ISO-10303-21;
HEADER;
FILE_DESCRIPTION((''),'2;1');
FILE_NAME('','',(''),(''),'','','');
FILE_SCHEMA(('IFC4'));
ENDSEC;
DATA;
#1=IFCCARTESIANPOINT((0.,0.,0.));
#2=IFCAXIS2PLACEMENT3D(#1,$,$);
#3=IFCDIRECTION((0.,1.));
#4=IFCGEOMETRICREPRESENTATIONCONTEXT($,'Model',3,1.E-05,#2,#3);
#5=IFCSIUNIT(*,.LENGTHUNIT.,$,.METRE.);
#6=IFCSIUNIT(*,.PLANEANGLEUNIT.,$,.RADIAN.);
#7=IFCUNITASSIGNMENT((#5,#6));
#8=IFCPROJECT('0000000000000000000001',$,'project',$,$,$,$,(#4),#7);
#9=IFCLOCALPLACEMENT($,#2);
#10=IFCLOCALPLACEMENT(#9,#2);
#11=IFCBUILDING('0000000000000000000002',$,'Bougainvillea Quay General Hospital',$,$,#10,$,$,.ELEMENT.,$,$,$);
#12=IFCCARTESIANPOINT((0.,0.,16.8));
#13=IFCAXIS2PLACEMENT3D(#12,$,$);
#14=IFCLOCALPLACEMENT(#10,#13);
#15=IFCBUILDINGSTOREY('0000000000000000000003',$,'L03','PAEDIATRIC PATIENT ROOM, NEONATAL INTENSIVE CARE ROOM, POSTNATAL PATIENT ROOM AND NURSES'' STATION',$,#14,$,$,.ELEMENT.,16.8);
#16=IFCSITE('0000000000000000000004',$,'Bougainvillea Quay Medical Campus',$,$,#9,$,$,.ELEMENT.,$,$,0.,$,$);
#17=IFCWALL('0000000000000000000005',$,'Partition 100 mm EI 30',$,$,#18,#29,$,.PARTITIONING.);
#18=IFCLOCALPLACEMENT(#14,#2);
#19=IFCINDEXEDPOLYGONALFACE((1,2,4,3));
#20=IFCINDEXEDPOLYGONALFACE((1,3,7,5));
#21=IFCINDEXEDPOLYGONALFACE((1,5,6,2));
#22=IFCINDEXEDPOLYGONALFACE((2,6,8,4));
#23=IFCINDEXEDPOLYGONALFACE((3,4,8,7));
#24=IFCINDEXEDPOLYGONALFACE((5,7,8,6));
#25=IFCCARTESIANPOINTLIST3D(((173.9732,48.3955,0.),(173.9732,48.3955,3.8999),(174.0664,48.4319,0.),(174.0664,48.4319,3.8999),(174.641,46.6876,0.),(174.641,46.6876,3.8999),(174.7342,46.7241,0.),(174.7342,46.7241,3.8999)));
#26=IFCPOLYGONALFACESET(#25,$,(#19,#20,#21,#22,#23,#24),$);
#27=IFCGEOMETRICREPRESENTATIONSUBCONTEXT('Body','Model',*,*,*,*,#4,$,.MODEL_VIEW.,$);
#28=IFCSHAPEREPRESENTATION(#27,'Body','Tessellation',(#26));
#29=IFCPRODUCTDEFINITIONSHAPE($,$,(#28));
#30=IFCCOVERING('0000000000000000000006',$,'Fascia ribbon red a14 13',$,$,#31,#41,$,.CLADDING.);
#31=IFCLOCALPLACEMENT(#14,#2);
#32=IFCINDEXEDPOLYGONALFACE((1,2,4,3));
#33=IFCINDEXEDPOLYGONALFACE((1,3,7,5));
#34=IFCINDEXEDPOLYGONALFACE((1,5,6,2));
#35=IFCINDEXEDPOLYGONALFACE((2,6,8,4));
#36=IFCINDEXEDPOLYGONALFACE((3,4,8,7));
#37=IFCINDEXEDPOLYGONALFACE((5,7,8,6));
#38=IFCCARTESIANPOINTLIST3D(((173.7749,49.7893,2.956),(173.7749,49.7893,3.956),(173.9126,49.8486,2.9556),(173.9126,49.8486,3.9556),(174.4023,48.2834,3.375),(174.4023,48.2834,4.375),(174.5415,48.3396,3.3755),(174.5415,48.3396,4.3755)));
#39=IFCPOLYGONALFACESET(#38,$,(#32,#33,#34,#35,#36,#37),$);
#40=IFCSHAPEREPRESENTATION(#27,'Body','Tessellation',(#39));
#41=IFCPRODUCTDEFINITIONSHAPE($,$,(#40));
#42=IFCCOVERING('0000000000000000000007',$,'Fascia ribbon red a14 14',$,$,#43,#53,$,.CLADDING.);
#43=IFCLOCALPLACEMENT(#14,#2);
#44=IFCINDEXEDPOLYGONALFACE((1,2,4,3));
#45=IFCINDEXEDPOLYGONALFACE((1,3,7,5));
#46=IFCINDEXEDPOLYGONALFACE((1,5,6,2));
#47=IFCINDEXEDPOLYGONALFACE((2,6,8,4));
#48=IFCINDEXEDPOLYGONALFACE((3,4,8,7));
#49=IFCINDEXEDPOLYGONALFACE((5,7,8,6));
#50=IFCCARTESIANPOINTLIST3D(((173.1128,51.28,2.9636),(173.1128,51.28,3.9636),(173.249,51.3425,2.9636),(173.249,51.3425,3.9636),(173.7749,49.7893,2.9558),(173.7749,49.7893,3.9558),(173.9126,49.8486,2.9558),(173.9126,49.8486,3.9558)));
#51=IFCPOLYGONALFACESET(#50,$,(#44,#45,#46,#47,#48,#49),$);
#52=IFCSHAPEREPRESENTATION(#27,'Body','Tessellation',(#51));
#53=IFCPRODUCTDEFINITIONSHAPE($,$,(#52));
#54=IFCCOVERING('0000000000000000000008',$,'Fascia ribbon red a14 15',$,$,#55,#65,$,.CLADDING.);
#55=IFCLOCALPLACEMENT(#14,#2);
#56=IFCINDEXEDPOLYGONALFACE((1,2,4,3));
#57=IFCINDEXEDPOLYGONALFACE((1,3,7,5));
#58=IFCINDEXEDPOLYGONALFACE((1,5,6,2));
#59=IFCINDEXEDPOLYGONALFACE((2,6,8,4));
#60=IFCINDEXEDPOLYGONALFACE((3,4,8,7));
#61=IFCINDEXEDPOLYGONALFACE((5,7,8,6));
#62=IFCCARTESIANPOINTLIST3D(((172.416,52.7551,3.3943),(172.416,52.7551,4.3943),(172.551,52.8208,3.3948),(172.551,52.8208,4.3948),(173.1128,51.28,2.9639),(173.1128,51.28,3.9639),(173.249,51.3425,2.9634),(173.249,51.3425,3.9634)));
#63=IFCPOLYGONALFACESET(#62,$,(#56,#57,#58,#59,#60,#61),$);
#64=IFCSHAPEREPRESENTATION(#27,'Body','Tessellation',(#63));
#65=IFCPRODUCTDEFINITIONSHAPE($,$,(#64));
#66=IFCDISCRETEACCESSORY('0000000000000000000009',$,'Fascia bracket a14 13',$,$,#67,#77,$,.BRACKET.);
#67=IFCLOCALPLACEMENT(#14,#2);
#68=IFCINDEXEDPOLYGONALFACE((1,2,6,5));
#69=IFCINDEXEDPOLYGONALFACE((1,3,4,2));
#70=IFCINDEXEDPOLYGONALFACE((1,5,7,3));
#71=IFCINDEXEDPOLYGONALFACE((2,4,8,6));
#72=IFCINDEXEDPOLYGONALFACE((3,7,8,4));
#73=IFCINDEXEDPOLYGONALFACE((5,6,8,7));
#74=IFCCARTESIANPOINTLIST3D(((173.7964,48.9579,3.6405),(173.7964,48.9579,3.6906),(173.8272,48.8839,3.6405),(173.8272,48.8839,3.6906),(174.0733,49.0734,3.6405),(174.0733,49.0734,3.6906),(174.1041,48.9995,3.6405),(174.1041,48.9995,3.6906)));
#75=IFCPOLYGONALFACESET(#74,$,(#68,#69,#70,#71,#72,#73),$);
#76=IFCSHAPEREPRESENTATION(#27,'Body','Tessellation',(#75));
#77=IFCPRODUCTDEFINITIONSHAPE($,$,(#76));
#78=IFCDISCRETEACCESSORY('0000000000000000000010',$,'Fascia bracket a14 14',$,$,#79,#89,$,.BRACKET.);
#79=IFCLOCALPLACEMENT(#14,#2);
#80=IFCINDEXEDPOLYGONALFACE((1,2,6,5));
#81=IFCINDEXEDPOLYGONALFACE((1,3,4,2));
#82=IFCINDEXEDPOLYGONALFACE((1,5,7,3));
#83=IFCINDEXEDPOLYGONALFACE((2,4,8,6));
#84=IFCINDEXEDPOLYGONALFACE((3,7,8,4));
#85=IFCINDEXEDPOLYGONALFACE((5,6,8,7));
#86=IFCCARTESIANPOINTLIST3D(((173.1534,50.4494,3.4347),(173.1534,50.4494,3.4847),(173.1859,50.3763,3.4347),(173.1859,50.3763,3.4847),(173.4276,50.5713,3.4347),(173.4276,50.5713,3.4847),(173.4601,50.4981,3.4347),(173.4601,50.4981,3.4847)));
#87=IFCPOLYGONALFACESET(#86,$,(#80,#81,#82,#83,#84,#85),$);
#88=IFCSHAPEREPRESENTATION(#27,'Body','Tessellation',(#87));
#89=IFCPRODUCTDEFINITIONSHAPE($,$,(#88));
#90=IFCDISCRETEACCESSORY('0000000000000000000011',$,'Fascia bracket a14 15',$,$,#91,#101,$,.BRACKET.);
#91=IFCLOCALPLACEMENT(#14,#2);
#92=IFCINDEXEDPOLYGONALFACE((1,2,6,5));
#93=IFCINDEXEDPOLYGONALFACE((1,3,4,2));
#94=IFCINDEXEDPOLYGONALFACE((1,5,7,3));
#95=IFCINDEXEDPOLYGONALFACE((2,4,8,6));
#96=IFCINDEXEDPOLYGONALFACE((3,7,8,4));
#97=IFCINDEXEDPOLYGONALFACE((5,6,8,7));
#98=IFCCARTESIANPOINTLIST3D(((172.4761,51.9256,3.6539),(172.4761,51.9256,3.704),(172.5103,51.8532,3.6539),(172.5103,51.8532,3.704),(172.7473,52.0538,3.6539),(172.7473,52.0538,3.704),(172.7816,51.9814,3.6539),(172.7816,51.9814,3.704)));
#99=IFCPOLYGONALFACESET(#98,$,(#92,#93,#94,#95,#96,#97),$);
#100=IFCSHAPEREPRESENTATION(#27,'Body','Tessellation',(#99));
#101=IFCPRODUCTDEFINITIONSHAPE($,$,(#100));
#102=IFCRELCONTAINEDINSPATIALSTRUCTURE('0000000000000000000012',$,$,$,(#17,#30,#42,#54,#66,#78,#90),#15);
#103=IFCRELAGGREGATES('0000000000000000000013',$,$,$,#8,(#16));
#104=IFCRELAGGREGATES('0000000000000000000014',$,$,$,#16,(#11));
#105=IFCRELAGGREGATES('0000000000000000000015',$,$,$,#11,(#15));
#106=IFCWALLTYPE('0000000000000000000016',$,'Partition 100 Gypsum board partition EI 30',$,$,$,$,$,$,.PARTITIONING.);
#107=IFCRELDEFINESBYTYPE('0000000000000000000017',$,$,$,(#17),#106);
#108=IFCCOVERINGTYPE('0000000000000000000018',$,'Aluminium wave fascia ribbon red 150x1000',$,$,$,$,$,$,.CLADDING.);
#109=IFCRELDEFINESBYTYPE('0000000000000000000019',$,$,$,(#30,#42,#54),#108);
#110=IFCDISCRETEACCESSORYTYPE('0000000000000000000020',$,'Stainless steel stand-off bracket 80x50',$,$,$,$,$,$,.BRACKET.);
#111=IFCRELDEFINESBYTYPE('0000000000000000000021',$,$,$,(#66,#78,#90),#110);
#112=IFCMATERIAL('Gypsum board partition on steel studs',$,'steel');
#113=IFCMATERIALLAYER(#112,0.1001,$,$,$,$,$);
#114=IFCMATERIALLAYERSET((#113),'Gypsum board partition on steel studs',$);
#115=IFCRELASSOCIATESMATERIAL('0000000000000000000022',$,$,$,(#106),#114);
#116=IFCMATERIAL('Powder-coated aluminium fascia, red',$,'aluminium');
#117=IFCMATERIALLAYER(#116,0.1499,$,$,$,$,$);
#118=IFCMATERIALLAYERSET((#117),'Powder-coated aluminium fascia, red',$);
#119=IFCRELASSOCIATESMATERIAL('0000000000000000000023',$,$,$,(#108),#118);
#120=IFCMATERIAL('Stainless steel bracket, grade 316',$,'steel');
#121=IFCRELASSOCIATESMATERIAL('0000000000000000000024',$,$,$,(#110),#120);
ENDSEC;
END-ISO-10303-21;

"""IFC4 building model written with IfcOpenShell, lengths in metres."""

from ifc_helpers import new_model, si_unit, direction, frame, frame_2d, origin, origin_2d, place, context, subcontext, project, spatial, polyline, rectangle, outline, extrude, material, layer, layer_set, material_profile, profile_set, type_object, element, save


model = new_model("IFC4")

# Units and contexts
model_context = context("Model", 3, precision=1e-05, world=origin(), true_north=direction((0.0, 1.0)))
body_context = subcontext(model_context, "Body", "Model", "MODEL_VIEW")
ifc_project = project(units=[si_unit("LENGTHUNIT", "METRE"), si_unit("PLANEANGLEUNIT", "RADIAN")], contexts=[model_context])

# Site, building, storey
site_placement = place(None, origin())
site = spatial("IfcSite", under=ifc_project, at=site_placement, Name="Bougainvillea Quay Medical Campus", CompositionType="ELEMENT", RefElevation=0.0)
building_placement = place(site_placement, origin())
building = spatial("IfcBuilding", under=site, at=building_placement, Name="Bougainvillea Quay General Hospital", CompositionType="ELEMENT")
storey_placement = place(building_placement, frame((0.0, 0.0, 16.8)))
storey = spatial("IfcBuildingStorey", under=building, at=storey_placement, Name="L03", Description="PAEDIATRIC PATIENT ROOM, NEONATAL INTENSIVE CARE ROOM, POSTNATAL PATIENT ROOM AND NURSES' STATION", CompositionType="ELEMENT", Elevation=16.8)

# Wall
ifc_material_1 = material(Name="Gypsum board partition on steel studs", Category="steel")
ifc_layer_1 = layer(ifc_material_1, 0.1001)
ifc_layer_set_1 = layer_set([ifc_layer_1], Name="Gypsum board partition on steel studs")
wall_type = type_object("IfcWallType", Name="Partition 100 Gypsum board partition EI 30", PredefinedType="PARTITIONING", material=ifc_layer_set_1)
wall_1_placement = place(storey_placement, frame((174.0198, 48.4138, 0.0), z_axis=(0.0, 0.0, 1.0), x_axis=(0.364148, -0.931341, 0.0)))
element("IfcWall", 1, at=wall_1_placement, inside=storey, type_object=wall_type, Name="Partition 100 mm EI 30", PredefinedType="PARTITIONING", context=body_context, shape_type="SweptSolid", body=[
    extrude(rectangle(XDim=1.8337, YDim=0.1001, at=frame_2d((0.917, 0.0))), origin(), (0.0, 0.0, 1.0), 3.8999),
])

# Coverings
ifc_material_2 = material(Name="Powder-coated aluminium fascia, red", Category="aluminium")
ifc_layer_2 = layer(ifc_material_2, 0.1499)
ifc_layer_set_2 = layer_set([ifc_layer_2], Name="Powder-coated aluminium fascia, red")
covering_type = type_object("IfcCoveringType", Name="Aluminium wave fascia ribbon red 150x1000", PredefinedType="CLADDING", material=ifc_layer_set_2)
covering_1_placement = place(storey_placement, frame((174.4023, 48.2834, 3.375), z_axis=(-0.095763, 0.229589, 0.968565), x_axis=(-0.372525, 0.89406, -0.24876)))
element("IfcCovering", 2, at=covering_1_placement, inside=storey, type_object=covering_type, Name="Fascia ribbon red a14 13", PredefinedType="CLADDING", context=body_context, shape_type="SweptSolid", body=[
    extrude(outline(polyline([(0.0, 0.0), (1.6843, 0.0), (1.6862, -0.1499), (-0.0018, -0.1501), (0.0, 0.0)])), origin(), (-0.24876, -0.000091, 0.968565), 1.0),
])
covering_2_placement = place(storey_placement, frame((173.7749, 49.7893, 2.9558), z_axis=(0.001944, -0.004372, 0.999989), x_axis=(-0.405912, 0.9139, 0.004784)))
element("IfcCovering", 3, at=covering_2_placement, inside=storey, type_object=covering_type, Name="Fascia ribbon red a14 14", PredefinedType="CLADDING", context=body_context, shape_type="SweptSolid", body=[
    extrude(outline(polyline([(0.0, 0.0), (1.6312, 0.0), (1.633, -0.1499), (-0.0017, -0.1499), (0.0, 0.0)])), origin(), (0.004784, 0.000002, 0.999989), 1.0),
])
covering_3_placement = place(storey_placement, frame((173.1128, 51.28, 2.9639), z_axis=(0.109004, -0.230672, 0.966907), x_axis=(-0.412974, 0.874277, 0.25513)))
element("IfcCovering", 4, at=covering_3_placement, inside=storey, type_object=covering_type, Name="Fascia ribbon red a14 15", PredefinedType="CLADDING", context=body_context, shape_type="SweptSolid", body=[
    extrude(outline(polyline([(0.0, 0.0), (1.6872, 0.0), (1.689, -0.1501), (-0.0017, -0.1499), (0.0, 0.0)])), origin(), (0.25513, 0.000038, 0.966907), 1.0),
])

# Discrete accessories
ifc_material_3 = material(Name="Stainless steel bracket, grade 316", Category="steel")
ifc_material_profile_1 = material_profile(ifc_material_3, rectangle(XDim=0.0801, YDim=0.05, at=origin_2d()))
ifc_profile_set_1 = profile_set([ifc_material_profile_1], Name="Stainless steel bracket, grade 316")
discrete_accessory_type = type_object("IfcDiscreteAccessoryType", Name="Stainless steel stand-off bracket 80x50", PredefinedType="BRACKET", material=ifc_profile_set_1)
for number, where, z_axis, x_axis, name in (
    (5, (173.8118, 48.9209, 3.6655), (0.922932, 0.384962, 0.0), (-0.384962, 0.922932, 0.0), "Fascia bracket a14 13"),
    (6, (173.1697, 50.4128, 3.4597), (0.913845, 0.406063, 0.0), (-0.406063, 0.913845, 0.0), "Fascia bracket a14 14"),
    (7, (172.4932, 51.8894, 3.679), (0.904135, 0.427247, 0.0), (-0.427247, 0.904135, 0.0), "Fascia bracket a14 15"),
):
    element("IfcDiscreteAccessory", number, at=place(storey_placement, frame(where, z_axis=z_axis, x_axis=x_axis)), inside=storey, type_object=discrete_accessory_type, Name=name, PredefinedType="BRACKET", context=body_context, shape_type="SweptSolid", body=[
        extrude(rectangle(XDim=0.0801, YDim=0.05, at=origin_2d()), origin(), (0.0, 0.0, 1.0), 0.3),
    ])

save(model, "model.ifc")
